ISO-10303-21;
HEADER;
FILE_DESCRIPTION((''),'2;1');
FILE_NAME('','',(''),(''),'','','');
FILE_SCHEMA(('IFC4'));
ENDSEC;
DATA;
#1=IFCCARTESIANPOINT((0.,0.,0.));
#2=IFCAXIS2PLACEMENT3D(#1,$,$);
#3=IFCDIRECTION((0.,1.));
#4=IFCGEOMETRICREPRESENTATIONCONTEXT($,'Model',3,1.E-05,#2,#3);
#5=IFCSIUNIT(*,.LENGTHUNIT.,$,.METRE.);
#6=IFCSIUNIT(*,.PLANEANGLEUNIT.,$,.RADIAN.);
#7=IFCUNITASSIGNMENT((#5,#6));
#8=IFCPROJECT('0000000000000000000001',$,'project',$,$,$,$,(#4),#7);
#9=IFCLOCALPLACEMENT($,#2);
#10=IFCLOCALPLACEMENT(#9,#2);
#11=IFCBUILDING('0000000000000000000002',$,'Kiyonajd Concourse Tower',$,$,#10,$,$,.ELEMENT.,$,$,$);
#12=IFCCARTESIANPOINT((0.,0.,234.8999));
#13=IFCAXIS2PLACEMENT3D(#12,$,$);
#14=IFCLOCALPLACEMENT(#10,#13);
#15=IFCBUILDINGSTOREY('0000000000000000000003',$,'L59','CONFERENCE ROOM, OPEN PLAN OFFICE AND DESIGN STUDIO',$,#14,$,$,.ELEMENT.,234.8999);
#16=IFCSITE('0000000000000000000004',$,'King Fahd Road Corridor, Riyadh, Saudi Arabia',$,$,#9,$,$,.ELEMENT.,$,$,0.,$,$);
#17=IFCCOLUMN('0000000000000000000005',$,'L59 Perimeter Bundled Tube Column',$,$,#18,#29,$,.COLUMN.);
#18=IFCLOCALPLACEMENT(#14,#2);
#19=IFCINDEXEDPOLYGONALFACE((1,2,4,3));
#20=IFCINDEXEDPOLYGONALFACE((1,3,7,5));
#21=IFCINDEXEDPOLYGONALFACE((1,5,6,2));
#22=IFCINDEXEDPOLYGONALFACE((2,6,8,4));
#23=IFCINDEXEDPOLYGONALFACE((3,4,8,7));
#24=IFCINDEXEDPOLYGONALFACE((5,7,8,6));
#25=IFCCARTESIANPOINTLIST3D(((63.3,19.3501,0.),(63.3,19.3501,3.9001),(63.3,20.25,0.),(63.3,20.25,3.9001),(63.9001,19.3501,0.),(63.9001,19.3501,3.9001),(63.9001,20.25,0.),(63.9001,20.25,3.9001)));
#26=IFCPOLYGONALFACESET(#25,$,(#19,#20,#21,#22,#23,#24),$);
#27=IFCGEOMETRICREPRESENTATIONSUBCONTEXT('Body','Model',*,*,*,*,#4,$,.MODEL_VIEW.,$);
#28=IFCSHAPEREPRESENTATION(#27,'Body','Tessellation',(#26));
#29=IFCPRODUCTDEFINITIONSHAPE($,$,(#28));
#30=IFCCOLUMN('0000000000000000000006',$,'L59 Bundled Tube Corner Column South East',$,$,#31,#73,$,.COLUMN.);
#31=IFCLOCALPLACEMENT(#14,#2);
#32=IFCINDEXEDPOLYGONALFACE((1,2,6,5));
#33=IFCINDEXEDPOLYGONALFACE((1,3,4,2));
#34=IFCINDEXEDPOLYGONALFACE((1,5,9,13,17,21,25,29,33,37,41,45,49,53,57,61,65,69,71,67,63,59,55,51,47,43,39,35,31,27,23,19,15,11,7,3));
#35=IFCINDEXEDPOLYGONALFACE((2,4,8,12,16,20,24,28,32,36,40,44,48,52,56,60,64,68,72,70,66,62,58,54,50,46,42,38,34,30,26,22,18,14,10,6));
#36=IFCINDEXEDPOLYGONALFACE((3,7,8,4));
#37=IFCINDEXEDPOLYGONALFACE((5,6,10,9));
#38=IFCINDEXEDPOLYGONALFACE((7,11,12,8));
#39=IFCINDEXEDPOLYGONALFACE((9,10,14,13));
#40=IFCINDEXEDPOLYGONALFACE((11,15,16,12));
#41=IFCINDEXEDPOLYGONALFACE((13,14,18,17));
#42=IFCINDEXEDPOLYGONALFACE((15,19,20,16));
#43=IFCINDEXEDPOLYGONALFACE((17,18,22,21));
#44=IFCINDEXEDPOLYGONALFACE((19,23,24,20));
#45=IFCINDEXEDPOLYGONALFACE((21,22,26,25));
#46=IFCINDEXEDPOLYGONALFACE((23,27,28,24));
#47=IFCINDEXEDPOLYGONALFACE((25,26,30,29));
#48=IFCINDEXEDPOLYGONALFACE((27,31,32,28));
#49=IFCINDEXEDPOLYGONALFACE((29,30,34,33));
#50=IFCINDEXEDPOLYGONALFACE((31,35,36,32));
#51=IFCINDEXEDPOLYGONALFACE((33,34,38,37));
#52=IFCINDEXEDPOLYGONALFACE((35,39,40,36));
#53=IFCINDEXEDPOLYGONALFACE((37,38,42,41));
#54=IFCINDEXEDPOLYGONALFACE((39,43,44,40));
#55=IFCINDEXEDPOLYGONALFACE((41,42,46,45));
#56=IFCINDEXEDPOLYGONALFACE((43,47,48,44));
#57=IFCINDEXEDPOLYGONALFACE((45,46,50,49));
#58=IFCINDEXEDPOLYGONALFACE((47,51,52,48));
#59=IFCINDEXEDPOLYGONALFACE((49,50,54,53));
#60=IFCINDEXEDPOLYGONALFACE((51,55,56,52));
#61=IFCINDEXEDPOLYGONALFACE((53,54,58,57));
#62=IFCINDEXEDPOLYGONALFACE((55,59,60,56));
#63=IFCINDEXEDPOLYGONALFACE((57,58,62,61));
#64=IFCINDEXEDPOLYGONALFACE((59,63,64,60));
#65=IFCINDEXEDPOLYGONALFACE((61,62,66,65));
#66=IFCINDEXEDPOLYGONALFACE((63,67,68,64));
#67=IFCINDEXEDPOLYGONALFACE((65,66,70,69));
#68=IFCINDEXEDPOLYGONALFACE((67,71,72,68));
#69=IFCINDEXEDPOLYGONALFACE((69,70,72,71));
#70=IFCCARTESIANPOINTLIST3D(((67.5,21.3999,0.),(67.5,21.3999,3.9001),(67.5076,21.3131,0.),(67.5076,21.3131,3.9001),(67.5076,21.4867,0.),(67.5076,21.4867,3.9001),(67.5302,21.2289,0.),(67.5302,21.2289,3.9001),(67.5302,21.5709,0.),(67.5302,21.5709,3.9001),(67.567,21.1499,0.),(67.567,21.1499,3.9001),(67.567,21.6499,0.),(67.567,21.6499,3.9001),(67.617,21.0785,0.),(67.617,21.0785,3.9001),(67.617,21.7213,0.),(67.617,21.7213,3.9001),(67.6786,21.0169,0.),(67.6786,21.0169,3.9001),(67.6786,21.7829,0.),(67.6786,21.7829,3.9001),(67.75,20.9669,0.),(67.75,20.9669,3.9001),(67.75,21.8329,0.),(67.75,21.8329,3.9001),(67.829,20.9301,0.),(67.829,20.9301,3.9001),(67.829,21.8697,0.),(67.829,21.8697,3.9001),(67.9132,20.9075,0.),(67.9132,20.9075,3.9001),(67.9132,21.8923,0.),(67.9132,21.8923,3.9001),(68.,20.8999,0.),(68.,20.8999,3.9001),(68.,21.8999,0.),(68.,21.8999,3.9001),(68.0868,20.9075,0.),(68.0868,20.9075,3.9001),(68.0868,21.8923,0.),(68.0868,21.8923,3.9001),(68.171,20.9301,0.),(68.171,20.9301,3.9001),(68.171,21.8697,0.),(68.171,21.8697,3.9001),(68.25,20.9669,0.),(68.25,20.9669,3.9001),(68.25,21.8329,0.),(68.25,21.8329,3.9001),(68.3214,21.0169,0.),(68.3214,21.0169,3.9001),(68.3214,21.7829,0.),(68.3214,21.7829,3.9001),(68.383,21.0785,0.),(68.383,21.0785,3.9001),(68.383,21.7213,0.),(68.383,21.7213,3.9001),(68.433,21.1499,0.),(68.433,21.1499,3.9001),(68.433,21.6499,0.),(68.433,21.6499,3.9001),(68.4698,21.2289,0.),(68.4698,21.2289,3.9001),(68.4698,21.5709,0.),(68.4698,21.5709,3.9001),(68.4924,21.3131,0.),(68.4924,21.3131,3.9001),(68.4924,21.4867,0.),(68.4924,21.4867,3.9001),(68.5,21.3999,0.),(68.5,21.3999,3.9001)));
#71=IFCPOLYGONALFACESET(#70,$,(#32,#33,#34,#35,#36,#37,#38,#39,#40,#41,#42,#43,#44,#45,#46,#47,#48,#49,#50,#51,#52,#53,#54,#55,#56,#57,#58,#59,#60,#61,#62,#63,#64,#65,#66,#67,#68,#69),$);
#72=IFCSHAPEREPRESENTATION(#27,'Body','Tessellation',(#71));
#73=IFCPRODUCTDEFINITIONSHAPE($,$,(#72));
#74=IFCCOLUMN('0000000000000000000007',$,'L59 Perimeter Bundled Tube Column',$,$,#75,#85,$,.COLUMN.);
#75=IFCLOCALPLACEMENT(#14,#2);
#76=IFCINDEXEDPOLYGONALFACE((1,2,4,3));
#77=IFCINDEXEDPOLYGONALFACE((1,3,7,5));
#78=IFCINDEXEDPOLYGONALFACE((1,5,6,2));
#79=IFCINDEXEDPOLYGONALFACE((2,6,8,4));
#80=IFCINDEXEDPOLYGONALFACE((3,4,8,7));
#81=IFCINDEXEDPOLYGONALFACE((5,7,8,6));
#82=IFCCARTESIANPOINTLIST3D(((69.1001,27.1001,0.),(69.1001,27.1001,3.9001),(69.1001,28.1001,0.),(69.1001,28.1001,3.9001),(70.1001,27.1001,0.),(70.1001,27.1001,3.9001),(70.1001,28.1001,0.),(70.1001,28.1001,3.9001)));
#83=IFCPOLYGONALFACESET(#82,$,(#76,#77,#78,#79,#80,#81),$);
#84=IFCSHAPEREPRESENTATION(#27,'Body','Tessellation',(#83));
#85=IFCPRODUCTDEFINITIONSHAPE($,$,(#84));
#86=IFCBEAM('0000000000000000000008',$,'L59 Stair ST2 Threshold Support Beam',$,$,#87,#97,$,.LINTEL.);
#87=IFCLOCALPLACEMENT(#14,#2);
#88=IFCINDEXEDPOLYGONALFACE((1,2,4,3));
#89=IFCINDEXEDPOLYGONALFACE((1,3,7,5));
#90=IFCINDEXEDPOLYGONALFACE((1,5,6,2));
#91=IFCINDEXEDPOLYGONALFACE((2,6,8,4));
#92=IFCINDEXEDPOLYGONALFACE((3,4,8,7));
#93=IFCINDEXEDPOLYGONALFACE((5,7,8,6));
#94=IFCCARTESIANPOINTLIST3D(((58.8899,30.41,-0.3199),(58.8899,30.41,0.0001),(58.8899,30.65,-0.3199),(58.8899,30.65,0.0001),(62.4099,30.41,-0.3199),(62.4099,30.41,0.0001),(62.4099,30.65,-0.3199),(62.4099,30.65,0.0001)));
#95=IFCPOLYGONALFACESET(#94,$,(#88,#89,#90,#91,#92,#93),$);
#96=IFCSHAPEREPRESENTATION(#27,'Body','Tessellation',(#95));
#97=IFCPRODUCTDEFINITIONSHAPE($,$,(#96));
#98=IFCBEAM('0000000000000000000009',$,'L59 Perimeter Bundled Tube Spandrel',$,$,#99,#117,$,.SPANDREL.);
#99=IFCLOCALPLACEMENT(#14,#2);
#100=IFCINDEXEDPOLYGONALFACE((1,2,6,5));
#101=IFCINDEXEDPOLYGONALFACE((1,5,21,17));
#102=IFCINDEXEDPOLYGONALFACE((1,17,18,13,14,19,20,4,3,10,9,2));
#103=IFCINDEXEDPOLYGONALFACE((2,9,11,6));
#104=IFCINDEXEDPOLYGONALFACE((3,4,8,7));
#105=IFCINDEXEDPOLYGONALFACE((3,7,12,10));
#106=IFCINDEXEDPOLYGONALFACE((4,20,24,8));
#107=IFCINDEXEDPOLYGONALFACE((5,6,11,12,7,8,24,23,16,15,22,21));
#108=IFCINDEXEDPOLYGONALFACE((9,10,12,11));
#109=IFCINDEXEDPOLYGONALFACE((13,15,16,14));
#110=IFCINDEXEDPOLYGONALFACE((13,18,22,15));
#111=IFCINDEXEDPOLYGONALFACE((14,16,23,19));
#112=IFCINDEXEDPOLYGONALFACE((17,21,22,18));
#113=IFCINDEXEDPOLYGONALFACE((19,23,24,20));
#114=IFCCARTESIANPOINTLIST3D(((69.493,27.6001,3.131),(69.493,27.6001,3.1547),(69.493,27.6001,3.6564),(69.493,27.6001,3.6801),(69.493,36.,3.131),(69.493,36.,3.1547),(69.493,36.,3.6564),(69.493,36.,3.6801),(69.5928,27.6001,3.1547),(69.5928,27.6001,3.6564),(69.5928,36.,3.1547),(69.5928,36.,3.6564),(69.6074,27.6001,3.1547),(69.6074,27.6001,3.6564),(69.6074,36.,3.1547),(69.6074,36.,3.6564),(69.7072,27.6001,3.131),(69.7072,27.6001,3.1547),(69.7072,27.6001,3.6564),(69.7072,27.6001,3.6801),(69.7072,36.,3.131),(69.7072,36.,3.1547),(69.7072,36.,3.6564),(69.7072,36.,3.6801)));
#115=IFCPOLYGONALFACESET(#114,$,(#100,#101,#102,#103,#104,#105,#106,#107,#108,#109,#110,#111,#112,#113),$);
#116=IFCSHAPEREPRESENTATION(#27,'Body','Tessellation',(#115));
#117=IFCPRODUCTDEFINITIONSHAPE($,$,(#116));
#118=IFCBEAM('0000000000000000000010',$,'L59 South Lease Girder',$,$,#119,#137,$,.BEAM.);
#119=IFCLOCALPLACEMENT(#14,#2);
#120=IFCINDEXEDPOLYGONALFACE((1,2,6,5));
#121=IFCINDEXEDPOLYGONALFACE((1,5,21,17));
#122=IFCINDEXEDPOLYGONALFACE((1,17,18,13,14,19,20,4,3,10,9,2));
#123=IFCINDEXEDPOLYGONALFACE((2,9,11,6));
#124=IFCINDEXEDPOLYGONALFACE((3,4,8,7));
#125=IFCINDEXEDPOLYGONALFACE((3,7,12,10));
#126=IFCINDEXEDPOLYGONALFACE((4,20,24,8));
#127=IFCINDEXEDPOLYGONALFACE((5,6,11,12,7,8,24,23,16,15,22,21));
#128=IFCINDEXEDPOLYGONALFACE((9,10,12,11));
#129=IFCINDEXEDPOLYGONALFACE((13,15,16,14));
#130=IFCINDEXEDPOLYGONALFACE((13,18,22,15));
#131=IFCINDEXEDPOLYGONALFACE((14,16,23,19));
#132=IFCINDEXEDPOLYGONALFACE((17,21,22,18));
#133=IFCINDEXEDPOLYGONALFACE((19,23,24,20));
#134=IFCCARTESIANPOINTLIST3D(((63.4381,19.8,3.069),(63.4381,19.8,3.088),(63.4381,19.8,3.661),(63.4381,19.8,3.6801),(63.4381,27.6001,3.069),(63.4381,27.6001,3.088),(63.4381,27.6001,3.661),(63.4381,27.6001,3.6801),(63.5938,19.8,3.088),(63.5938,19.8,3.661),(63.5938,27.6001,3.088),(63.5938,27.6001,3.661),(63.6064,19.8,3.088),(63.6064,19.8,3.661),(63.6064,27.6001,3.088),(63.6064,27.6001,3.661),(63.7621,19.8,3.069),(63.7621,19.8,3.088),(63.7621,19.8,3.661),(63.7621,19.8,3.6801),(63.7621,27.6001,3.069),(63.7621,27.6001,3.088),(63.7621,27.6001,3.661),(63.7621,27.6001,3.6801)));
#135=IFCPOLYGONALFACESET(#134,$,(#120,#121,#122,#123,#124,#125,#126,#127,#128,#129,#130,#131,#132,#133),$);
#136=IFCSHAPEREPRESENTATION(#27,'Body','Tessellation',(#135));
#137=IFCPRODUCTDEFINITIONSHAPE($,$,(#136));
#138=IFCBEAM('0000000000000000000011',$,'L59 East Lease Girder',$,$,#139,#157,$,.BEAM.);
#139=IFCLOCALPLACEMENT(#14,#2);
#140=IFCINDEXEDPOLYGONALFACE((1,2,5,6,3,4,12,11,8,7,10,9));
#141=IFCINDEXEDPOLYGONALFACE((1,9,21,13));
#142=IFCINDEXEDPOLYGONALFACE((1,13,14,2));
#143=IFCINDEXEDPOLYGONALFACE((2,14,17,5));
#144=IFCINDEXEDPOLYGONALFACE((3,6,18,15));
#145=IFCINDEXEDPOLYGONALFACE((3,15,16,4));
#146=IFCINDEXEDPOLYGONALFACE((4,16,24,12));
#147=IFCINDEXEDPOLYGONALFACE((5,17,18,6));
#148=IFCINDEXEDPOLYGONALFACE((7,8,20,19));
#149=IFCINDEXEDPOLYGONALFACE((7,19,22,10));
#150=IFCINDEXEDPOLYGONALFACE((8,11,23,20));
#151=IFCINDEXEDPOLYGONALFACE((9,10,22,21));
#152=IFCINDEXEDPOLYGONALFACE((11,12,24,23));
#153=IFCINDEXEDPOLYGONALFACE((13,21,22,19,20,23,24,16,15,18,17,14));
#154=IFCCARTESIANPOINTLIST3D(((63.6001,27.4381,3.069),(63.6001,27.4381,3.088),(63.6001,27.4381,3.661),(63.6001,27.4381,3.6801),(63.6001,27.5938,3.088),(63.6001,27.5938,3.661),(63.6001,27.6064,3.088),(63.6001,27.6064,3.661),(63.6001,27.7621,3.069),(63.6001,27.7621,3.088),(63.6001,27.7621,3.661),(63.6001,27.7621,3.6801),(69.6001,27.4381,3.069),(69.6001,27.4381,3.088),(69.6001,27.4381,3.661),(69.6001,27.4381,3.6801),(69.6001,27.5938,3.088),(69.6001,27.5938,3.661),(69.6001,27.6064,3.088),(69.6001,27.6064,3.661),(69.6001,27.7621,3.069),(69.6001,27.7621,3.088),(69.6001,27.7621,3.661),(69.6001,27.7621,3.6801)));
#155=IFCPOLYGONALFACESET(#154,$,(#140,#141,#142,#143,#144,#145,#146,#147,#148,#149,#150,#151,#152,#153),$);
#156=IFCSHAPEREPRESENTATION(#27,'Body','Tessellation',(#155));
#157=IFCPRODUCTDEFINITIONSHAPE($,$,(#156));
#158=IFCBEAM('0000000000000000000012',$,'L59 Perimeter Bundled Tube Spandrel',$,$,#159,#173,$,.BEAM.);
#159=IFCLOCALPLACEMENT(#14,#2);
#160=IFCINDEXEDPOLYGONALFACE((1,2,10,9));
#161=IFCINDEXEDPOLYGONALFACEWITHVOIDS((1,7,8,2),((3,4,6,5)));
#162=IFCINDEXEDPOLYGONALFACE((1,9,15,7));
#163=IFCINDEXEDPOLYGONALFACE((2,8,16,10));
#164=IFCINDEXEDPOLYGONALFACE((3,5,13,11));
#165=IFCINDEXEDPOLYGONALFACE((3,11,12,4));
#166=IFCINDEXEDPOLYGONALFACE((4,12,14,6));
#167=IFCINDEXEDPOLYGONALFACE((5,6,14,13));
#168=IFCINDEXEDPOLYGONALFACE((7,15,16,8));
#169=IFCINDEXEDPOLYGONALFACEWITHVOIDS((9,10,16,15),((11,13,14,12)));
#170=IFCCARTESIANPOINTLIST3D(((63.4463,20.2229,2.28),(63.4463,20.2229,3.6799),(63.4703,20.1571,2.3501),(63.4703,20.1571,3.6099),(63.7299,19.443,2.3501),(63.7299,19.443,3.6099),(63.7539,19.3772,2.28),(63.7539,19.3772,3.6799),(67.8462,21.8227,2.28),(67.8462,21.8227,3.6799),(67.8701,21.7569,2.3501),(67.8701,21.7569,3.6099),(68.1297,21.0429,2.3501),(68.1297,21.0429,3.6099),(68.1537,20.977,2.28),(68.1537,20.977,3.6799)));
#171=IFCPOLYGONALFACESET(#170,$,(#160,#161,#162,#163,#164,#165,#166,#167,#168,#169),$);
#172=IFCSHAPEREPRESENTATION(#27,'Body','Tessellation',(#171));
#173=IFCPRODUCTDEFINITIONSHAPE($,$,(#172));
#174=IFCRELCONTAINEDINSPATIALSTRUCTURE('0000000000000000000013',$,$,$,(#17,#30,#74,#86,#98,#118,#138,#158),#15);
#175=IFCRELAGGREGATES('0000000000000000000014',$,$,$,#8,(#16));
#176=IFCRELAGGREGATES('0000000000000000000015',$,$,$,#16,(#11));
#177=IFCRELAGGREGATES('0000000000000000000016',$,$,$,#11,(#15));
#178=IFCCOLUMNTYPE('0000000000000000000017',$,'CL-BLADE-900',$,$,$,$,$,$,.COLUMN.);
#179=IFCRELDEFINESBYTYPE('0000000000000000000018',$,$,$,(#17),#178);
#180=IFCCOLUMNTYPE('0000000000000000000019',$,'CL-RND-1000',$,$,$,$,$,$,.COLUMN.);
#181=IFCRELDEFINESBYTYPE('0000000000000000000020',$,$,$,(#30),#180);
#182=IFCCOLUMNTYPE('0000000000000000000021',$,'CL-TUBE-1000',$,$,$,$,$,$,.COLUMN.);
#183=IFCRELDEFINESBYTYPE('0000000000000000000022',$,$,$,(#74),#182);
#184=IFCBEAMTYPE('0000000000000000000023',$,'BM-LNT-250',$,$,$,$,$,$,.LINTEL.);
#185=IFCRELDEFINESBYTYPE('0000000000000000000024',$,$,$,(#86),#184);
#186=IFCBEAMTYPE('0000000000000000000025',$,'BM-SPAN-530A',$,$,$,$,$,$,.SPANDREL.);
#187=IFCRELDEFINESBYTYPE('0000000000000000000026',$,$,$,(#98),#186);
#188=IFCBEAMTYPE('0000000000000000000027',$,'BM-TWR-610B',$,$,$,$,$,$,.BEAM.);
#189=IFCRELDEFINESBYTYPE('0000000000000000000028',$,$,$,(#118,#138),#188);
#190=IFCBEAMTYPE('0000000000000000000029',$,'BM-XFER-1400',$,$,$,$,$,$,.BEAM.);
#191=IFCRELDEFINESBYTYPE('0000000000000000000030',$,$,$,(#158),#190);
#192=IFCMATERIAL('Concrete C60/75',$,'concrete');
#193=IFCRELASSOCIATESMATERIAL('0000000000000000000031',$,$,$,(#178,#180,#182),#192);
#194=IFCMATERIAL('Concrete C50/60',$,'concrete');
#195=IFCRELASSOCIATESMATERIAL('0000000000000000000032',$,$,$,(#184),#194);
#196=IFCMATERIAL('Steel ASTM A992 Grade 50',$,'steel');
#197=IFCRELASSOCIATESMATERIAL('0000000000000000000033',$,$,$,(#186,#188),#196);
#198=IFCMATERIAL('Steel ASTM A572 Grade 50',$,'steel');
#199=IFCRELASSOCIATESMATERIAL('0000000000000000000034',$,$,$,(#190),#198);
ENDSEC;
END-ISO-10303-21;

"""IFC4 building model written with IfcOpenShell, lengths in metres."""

from ifc_helpers import new_model, si_unit, direction, frame, origin, origin_2d, place, context, subcontext, project, spatial, rectangle, hollow_rectangle, circle, i_section, extrude, material, material_profile, profile_set, type_object, element, save


model = new_model("IFC4")

# Units and contexts
model_context = context("Model", 3, precision=1e-05, world=origin(), true_north=direction((0.0, 1.0)))
body_context = subcontext(model_context, "Body", "Model", "MODEL_VIEW")
ifc_project = project(units=[si_unit("LENGTHUNIT", "METRE"), si_unit("PLANEANGLEUNIT", "RADIAN")], contexts=[model_context])

# Site, building, storey
site_placement = place(None, origin())
site = spatial("IfcSite", under=ifc_project, at=site_placement, Name="King Fahd Road Corridor, Riyadh, Saudi Arabia", CompositionType="ELEMENT", RefElevation=0.0)
building_placement = place(site_placement, origin())
building = spatial("IfcBuilding", under=site, at=building_placement, Name="Kiyonajd Concourse Tower", CompositionType="ELEMENT")
storey_placement = place(building_placement, frame((0.0, 0.0, 234.8999)))
storey = spatial("IfcBuildingStorey", under=building, at=storey_placement, Name="L59", Description="CONFERENCE ROOM, OPEN PLAN OFFICE AND DESIGN STUDIO", CompositionType="ELEMENT", Elevation=234.8999)

# Columns
ifc_material_1 = material(Name="Concrete C60/75", Category="concrete")
ifc_material_profile_1 = material_profile(ifc_material_1, rectangle(XDim=0.6001, YDim=0.8999, at=origin_2d()), Name="RC-900x600")
ifc_profile_set_1 = profile_set([ifc_material_profile_1], Name="Concrete C60/75")
column_type_1 = type_object("IfcColumnType", Name="CL-BLADE-900", PredefinedType="COLUMN", material=ifc_profile_set_1)
column_1_placement = place(storey_placement, frame((63.6001, 19.8, 0.0), z_axis=(0.0, 0.0, 1.0), x_axis=(1.0, 0.0, 0.0)))
element("IfcColumn", 1, at=column_1_placement, inside=storey, type_object=column_type_1, Name="L59 Perimeter Bundled Tube Column", PredefinedType="COLUMN", context=body_context, shape_type="SweptSolid", body=[
    extrude(rectangle(XDim=0.6001, YDim=0.8999, at=origin_2d()), origin(), (0.0, 0.0, 1.0), 3.9001),
])
ifc_material_profile_2 = material_profile(ifc_material_1, circle(Radius=0.5, at=origin_2d()), Name="RCC-D1000")
ifc_profile_set_2 = profile_set([ifc_material_profile_2], Name="Concrete C60/75")
column_type_2 = type_object("IfcColumnType", Name="CL-RND-1000", PredefinedType="COLUMN", material=ifc_profile_set_2)
column_2_placement = place(storey_placement, frame((68.0, 21.3999, 0.0), z_axis=(0.0, 0.0, 1.0), x_axis=(1.0, 0.0, 0.0)))
element("IfcColumn", 2, at=column_2_placement, inside=storey, type_object=column_type_2, Name="L59 Bundled Tube Corner Column South East", PredefinedType="COLUMN", context=body_context, shape_type="SweptSolid", body=[
    extrude(circle(Radius=0.5, at=origin_2d()), origin(), (0.0, 0.0, 1.0), 3.9001),
])
ifc_material_profile_3 = material_profile(ifc_material_1, rectangle(XDim=1.0, YDim=1.0, at=origin_2d()), Name="RC-1000x1000")
ifc_profile_set_3 = profile_set([ifc_material_profile_3], Name="Concrete C60/75")
column_type_3 = type_object("IfcColumnType", Name="CL-TUBE-1000", PredefinedType="COLUMN", material=ifc_profile_set_3)
column_3_placement = place(storey_placement, frame((69.6001, 27.6001, 0.0), z_axis=(0.0, 0.0, 1.0), x_axis=(1.0, 0.0, 0.0)))
element("IfcColumn", 3, at=column_3_placement, inside=storey, type_object=column_type_3, Name="L59 Perimeter Bundled Tube Column", PredefinedType="COLUMN", context=body_context, shape_type="SweptSolid", body=[
    extrude(rectangle(XDim=1.0, YDim=1.0, at=origin_2d()), origin(), (0.0, 0.0, 1.0), 3.9001),
])

# Beams
ifc_material_2 = material(Name="Concrete C50/60", Category="concrete")
ifc_material_profile_4 = material_profile(ifc_material_2, rectangle(XDim=0.24, YDim=0.3201, at=origin_2d()), Name="RCBM-240x320")
ifc_profile_set_4 = profile_set([ifc_material_profile_4], Name="Concrete C50/60")
beam_type_1 = type_object("IfcBeamType", Name="BM-LNT-250", PredefinedType="LINTEL", material=ifc_profile_set_4)
beam_1_placement = place(storey_placement, frame((58.8899, 30.53, -0.1599), z_axis=(1.0, 0.0, 0.0), x_axis=(0.0, 1.0, 0.0)))
element("IfcBeam", 4, at=beam_1_placement, inside=storey, type_object=beam_type_1, Name="L59 Stair ST2 Threshold Support Beam", PredefinedType="LINTEL", context=body_context, shape_type="SweptSolid", body=[
    extrude(rectangle(XDim=0.24, YDim=0.3201, at=origin_2d()), origin(), (0.0, 0.0, 1.0), 3.52),
])
ifc_material_3 = material(Name="Steel ASTM A992 Grade 50", Category="steel")
ifc_material_profile_5 = material_profile(ifc_material_3, i_section(OverallWidth=0.2141, OverallDepth=0.5491, WebThickness=0.0146, FlangeThickness=0.0237, at=origin_2d()), Name="W530X138")
ifc_profile_set_5 = profile_set([ifc_material_profile_5], Name="Steel ASTM A992 Grade 50")
beam_type_2 = type_object("IfcBeamType", Name="BM-SPAN-530A", PredefinedType="SPANDREL", material=ifc_profile_set_5)
beam_2_placement = place(storey_placement, frame((69.6001, 27.6001, 3.4055), z_axis=(0.0, 1.0, 0.0), x_axis=(-1.0, 0.0, 0.0)))
element("IfcBeam", 5, at=beam_2_placement, inside=storey, type_object=beam_type_2, Name="L59 Perimeter Bundled Tube Spandrel", PredefinedType="SPANDREL", context=body_context, shape_type="SweptSolid", body=[
    extrude(i_section(OverallWidth=0.2141, OverallDepth=0.5491, WebThickness=0.0146, FlangeThickness=0.0237, at=origin_2d()), origin(), (0.0, 0.0, 1.0), 8.3999),
])
ifc_material_profile_6 = material_profile(ifc_material_3, i_section(OverallWidth=0.324, OverallDepth=0.6111, WebThickness=0.0127, FlangeThickness=0.019, at=origin_2d()), Name="W610X155")
ifc_profile_set_6 = profile_set([ifc_material_profile_6], Name="Steel ASTM A992 Grade 50")
beam_type_3 = type_object("IfcBeamType", Name="BM-TWR-610B", PredefinedType="BEAM", material=ifc_profile_set_6)
beam_3_placement = place(storey_placement, frame((63.6001, 19.8, 3.3745), z_axis=(0.0, 1.0, 0.0), x_axis=(-1.0, 0.0, 0.0)))
element("IfcBeam", 6, at=beam_3_placement, inside=storey, type_object=beam_type_3, Name="L59 South Lease Girder", PredefinedType="BEAM", context=body_context, shape_type="SweptSolid", body=[
    extrude(i_section(OverallWidth=0.324, OverallDepth=0.6111, WebThickness=0.0127, FlangeThickness=0.019, at=origin_2d()), origin(), (0.0, 0.0, 1.0), 7.8),
])
beam_4_placement = place(storey_placement, frame((63.6001, 27.6001, 3.3745), z_axis=(1.0, 0.0, 0.0), x_axis=(0.0, 1.0, 0.0)))
element("IfcBeam", 7, at=beam_4_placement, inside=storey, type_object=beam_type_3, Name="L59 East Lease Girder", PredefinedType="BEAM", context=body_context, shape_type="SweptSolid", body=[
    extrude(i_section(OverallWidth=0.324, OverallDepth=0.6111, WebThickness=0.0127, FlangeThickness=0.019, at=origin_2d()), origin(), (0.0, 0.0, 1.0), 6.0),
])
ifc_material_4 = material(Name="Steel ASTM A572 Grade 50", Category="steel")
ifc_material_profile_7 = material_profile(ifc_material_4, hollow_rectangle(XDim=0.8999, YDim=1.3999, WallThickness=0.0701, at=origin_2d()), Name="BOX-1400x900x70")
ifc_profile_set_7 = profile_set([ifc_material_profile_7], Name="Steel ASTM A572 Grade 50")
beam_type_4 = type_object("IfcBeamType", Name="BM-XFER-1400", PredefinedType="BEAM", material=ifc_profile_set_7)
beam_5_placement = place(storey_placement, frame((63.6001, 19.8, 2.98), z_axis=(0.939801, 0.341722, 0.0), x_axis=(-0.341722, 0.939801, 0.0)))
element("IfcBeam", 8, at=beam_5_placement, inside=storey, type_object=beam_type_4, Name="L59 Perimeter Bundled Tube Spandrel", PredefinedType="BEAM", context=body_context, shape_type="SweptSolid", body=[
    extrude(hollow_rectangle(XDim=0.8999, YDim=1.3999, WallThickness=0.0701, at=origin_2d()), origin(), (0.0, 0.0, 1.0), 4.6816),
])

save(model, "model.ifc")
